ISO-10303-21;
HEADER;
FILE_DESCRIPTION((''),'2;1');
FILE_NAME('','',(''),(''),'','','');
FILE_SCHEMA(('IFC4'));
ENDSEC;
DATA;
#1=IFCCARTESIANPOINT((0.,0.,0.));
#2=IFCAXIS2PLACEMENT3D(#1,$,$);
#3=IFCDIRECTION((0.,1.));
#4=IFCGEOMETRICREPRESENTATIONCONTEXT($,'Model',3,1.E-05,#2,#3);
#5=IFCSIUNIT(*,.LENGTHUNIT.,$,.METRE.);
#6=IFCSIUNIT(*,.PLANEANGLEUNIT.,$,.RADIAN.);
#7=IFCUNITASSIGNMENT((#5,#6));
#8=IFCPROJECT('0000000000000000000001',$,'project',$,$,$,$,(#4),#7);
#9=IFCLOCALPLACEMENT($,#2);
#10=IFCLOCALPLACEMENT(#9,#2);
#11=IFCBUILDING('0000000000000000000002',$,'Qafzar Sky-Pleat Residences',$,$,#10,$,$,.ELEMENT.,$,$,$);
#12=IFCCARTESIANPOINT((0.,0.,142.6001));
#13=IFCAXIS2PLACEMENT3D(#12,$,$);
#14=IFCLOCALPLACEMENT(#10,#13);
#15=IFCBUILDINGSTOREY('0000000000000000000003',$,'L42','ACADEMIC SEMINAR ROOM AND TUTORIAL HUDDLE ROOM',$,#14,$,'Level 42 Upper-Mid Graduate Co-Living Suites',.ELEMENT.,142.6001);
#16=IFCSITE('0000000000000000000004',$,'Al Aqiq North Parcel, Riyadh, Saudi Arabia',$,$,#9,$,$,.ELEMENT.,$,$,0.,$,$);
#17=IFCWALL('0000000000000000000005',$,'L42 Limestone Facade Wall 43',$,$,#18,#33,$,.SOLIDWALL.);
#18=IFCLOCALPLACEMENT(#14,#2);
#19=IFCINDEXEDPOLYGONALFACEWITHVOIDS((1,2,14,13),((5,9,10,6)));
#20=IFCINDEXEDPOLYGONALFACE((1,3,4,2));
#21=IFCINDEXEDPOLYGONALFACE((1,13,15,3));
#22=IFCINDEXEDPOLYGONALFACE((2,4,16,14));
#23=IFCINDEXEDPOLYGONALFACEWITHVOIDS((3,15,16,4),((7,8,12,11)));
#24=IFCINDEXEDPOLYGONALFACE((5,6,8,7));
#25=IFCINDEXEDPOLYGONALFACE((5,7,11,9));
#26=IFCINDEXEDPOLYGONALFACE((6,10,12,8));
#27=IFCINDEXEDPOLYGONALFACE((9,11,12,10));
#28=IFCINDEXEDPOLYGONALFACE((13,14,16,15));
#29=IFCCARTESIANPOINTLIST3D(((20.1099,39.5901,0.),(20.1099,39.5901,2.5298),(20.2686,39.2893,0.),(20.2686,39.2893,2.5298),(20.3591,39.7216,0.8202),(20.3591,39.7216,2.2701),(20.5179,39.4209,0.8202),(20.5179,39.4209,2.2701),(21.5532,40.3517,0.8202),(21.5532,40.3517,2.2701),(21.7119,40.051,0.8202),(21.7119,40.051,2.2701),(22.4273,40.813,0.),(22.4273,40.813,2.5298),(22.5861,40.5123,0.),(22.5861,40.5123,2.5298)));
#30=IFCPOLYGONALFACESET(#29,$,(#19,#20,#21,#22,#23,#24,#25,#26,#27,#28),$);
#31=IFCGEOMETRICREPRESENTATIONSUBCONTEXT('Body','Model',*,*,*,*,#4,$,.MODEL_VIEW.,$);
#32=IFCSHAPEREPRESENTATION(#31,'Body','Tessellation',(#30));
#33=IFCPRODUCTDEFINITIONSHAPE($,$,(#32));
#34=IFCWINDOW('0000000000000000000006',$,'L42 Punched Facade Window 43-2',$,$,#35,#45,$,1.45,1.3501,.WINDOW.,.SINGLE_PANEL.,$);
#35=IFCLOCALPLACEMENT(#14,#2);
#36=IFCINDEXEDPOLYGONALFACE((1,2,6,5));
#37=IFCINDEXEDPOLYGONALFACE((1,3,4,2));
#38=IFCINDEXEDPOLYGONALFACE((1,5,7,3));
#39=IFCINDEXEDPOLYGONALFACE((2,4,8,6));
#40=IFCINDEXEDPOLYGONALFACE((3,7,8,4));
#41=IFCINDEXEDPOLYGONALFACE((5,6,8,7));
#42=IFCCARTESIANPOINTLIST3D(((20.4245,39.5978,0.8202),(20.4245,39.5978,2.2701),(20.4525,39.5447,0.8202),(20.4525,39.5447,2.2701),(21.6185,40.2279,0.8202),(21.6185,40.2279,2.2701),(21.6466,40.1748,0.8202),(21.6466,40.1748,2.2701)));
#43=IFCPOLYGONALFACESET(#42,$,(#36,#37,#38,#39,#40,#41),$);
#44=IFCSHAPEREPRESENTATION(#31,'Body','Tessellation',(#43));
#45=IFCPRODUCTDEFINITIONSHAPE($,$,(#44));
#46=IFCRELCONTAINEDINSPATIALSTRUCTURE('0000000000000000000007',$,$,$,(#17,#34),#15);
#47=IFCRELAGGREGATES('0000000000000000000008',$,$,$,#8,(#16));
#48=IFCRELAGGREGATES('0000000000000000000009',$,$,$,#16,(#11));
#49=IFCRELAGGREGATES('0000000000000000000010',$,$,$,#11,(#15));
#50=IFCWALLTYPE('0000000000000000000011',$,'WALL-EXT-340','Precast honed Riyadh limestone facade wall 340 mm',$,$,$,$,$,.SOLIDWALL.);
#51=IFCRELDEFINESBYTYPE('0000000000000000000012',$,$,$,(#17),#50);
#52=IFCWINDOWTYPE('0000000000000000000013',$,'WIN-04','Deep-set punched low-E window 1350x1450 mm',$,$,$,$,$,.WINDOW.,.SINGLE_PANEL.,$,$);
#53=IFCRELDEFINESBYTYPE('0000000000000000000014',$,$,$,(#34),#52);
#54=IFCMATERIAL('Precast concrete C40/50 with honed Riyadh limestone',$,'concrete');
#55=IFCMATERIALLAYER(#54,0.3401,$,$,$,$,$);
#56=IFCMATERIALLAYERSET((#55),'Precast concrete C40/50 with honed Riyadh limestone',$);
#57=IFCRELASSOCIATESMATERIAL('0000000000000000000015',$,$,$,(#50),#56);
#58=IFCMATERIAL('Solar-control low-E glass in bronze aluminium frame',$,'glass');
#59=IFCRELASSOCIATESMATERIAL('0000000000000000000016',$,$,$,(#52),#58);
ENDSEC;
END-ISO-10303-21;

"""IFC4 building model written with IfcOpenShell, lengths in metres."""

from ifc_helpers import new_model, si_unit, direction, frame, frame_2d, origin, place, context, subcontext, project, spatial, rectangle, extrude, source, transform, mapped, material, layer, layer_set, type_object, element, fill, save


model = new_model("IFC4")

# Units and contexts
model_context = context("Model", 3, precision=1e-05, world=origin(), true_north=direction((0.0, 1.0)))
body_context = subcontext(model_context, "Body", "Model", "MODEL_VIEW")
ifc_project = project(units=[si_unit("LENGTHUNIT", "METRE"), si_unit("PLANEANGLEUNIT", "RADIAN")], contexts=[model_context])

# Site, building, storey
site_placement = place(None, origin())
site = spatial("IfcSite", under=ifc_project, at=site_placement, Name="Al Aqiq North Parcel, Riyadh, Saudi Arabia", CompositionType="ELEMENT", RefElevation=0.0)
building_placement = place(site_placement, origin())
building = spatial("IfcBuilding", under=site, at=building_placement, Name="Qafzar Sky-Pleat Residences", CompositionType="ELEMENT")
storey_placement = place(building_placement, frame((0.0, 0.0, 142.6001)))
storey = spatial("IfcBuildingStorey", under=building, at=storey_placement, Name="L42", Description="ACADEMIC SEMINAR ROOM AND TUTORIAL HUDDLE ROOM", LongName="Level 42 Upper-Mid Graduate Co-Living Suites", CompositionType="ELEMENT", Elevation=142.6001)

# Wall, opening, window
ifc_material_1 = material(Name="Precast concrete C40/50 with honed Riyadh limestone", Category="concrete")
ifc_layer_1 = layer(ifc_material_1, 0.3401)
ifc_layer_set_1 = layer_set([ifc_layer_1], Name="Precast concrete C40/50 with honed Riyadh limestone")
wall_type_1 = type_object("IfcWallType", Name="WALL-EXT-340", Description="Precast honed Riyadh limestone facade wall 340 mm", PredefinedType="SOLIDWALL", material=ifc_layer_set_1)
ifc_material_2 = material(Name="Solar-control low-E glass in bronze aluminium frame", Category="glass")
window_type_1 = type_object("IfcWindowType", Name="WIN-04", Description="Deep-set punched low-E window 1350x1450 mm", PartitioningType="SINGLE_PANEL", PredefinedType="WINDOW", material=ifc_material_2)
shared_shape_1 = source(origin(), body_context, "Body", "SweptSolid", [
    extrude(rectangle(XDim=1.3501, YDim=1.45, at=frame_2d((0.675, 0.7251))), frame((0.0, 0.03, 0.0), z_axis=(0.0, -1.0, 0.0), x_axis=(1.0, 0.0, 0.0)), (0.0, 0.0, 1.0), 0.0601),
])
wall_1_placement = place(storey_placement, frame((22.5066, 40.6626, 0.0), z_axis=(0.0, 0.0, 1.0), x_axis=(-0.88441, -0.46671, 0.0)))
wall_1 = element("IfcWall", 1, at=wall_1_placement, inside=storey, type_object=wall_type_1, Name="L42 Limestone Facade Wall 43", PredefinedType="SOLIDWALL", context=body_context, shape_type="SweptSolid", body=[
    extrude(rectangle(XDim=2.6204, YDim=0.3401, at=frame_2d((1.3101, 0.0))), origin(), (0.0, 0.0, 1.0), 2.5298),
])
opening_1_placement = place(wall_1_placement, frame((0.9883, 0.0, 0.8201)))
opening_1 = element("IfcOpeningElement", 2, at=opening_1_placement, cuts=wall_1, PredefinedType="OPENING", context=body_context, shape_type="SweptSolid", body=[
    extrude(rectangle(XDim=1.3501, YDim=1.45, at=frame_2d((0.675, 0.7251))), frame((0.0, 0.1802, 0.0), z_axis=(0.0, -1.0, 0.0), x_axis=(1.0, 0.0, 0.0)), (0.0, 0.0, 1.0), 0.3601),
])
window_1_placement = place(opening_1_placement, origin())
window_1 = element("IfcWindow", 3, at=window_1_placement, inside=storey, type_object=window_type_1, Name="L42 Punched Facade Window 43-2", OverallHeight=1.45, OverallWidth=1.3501, PartitioningType="SINGLE_PANEL", PredefinedType="WINDOW", context=body_context, shape_type="MappedRepresentation", body=[
    mapped(shared_shape_1, transform((0.0, 0.0, 0.0), x_axis=(1.0, 0.0, 0.0), y_axis=(0.0, 1.0, 0.0), z_axis=(0.0, 0.0, 1.0), scale=1.0)),
])
fill(opening_1, window_1)

save(model, "model.ifc")
